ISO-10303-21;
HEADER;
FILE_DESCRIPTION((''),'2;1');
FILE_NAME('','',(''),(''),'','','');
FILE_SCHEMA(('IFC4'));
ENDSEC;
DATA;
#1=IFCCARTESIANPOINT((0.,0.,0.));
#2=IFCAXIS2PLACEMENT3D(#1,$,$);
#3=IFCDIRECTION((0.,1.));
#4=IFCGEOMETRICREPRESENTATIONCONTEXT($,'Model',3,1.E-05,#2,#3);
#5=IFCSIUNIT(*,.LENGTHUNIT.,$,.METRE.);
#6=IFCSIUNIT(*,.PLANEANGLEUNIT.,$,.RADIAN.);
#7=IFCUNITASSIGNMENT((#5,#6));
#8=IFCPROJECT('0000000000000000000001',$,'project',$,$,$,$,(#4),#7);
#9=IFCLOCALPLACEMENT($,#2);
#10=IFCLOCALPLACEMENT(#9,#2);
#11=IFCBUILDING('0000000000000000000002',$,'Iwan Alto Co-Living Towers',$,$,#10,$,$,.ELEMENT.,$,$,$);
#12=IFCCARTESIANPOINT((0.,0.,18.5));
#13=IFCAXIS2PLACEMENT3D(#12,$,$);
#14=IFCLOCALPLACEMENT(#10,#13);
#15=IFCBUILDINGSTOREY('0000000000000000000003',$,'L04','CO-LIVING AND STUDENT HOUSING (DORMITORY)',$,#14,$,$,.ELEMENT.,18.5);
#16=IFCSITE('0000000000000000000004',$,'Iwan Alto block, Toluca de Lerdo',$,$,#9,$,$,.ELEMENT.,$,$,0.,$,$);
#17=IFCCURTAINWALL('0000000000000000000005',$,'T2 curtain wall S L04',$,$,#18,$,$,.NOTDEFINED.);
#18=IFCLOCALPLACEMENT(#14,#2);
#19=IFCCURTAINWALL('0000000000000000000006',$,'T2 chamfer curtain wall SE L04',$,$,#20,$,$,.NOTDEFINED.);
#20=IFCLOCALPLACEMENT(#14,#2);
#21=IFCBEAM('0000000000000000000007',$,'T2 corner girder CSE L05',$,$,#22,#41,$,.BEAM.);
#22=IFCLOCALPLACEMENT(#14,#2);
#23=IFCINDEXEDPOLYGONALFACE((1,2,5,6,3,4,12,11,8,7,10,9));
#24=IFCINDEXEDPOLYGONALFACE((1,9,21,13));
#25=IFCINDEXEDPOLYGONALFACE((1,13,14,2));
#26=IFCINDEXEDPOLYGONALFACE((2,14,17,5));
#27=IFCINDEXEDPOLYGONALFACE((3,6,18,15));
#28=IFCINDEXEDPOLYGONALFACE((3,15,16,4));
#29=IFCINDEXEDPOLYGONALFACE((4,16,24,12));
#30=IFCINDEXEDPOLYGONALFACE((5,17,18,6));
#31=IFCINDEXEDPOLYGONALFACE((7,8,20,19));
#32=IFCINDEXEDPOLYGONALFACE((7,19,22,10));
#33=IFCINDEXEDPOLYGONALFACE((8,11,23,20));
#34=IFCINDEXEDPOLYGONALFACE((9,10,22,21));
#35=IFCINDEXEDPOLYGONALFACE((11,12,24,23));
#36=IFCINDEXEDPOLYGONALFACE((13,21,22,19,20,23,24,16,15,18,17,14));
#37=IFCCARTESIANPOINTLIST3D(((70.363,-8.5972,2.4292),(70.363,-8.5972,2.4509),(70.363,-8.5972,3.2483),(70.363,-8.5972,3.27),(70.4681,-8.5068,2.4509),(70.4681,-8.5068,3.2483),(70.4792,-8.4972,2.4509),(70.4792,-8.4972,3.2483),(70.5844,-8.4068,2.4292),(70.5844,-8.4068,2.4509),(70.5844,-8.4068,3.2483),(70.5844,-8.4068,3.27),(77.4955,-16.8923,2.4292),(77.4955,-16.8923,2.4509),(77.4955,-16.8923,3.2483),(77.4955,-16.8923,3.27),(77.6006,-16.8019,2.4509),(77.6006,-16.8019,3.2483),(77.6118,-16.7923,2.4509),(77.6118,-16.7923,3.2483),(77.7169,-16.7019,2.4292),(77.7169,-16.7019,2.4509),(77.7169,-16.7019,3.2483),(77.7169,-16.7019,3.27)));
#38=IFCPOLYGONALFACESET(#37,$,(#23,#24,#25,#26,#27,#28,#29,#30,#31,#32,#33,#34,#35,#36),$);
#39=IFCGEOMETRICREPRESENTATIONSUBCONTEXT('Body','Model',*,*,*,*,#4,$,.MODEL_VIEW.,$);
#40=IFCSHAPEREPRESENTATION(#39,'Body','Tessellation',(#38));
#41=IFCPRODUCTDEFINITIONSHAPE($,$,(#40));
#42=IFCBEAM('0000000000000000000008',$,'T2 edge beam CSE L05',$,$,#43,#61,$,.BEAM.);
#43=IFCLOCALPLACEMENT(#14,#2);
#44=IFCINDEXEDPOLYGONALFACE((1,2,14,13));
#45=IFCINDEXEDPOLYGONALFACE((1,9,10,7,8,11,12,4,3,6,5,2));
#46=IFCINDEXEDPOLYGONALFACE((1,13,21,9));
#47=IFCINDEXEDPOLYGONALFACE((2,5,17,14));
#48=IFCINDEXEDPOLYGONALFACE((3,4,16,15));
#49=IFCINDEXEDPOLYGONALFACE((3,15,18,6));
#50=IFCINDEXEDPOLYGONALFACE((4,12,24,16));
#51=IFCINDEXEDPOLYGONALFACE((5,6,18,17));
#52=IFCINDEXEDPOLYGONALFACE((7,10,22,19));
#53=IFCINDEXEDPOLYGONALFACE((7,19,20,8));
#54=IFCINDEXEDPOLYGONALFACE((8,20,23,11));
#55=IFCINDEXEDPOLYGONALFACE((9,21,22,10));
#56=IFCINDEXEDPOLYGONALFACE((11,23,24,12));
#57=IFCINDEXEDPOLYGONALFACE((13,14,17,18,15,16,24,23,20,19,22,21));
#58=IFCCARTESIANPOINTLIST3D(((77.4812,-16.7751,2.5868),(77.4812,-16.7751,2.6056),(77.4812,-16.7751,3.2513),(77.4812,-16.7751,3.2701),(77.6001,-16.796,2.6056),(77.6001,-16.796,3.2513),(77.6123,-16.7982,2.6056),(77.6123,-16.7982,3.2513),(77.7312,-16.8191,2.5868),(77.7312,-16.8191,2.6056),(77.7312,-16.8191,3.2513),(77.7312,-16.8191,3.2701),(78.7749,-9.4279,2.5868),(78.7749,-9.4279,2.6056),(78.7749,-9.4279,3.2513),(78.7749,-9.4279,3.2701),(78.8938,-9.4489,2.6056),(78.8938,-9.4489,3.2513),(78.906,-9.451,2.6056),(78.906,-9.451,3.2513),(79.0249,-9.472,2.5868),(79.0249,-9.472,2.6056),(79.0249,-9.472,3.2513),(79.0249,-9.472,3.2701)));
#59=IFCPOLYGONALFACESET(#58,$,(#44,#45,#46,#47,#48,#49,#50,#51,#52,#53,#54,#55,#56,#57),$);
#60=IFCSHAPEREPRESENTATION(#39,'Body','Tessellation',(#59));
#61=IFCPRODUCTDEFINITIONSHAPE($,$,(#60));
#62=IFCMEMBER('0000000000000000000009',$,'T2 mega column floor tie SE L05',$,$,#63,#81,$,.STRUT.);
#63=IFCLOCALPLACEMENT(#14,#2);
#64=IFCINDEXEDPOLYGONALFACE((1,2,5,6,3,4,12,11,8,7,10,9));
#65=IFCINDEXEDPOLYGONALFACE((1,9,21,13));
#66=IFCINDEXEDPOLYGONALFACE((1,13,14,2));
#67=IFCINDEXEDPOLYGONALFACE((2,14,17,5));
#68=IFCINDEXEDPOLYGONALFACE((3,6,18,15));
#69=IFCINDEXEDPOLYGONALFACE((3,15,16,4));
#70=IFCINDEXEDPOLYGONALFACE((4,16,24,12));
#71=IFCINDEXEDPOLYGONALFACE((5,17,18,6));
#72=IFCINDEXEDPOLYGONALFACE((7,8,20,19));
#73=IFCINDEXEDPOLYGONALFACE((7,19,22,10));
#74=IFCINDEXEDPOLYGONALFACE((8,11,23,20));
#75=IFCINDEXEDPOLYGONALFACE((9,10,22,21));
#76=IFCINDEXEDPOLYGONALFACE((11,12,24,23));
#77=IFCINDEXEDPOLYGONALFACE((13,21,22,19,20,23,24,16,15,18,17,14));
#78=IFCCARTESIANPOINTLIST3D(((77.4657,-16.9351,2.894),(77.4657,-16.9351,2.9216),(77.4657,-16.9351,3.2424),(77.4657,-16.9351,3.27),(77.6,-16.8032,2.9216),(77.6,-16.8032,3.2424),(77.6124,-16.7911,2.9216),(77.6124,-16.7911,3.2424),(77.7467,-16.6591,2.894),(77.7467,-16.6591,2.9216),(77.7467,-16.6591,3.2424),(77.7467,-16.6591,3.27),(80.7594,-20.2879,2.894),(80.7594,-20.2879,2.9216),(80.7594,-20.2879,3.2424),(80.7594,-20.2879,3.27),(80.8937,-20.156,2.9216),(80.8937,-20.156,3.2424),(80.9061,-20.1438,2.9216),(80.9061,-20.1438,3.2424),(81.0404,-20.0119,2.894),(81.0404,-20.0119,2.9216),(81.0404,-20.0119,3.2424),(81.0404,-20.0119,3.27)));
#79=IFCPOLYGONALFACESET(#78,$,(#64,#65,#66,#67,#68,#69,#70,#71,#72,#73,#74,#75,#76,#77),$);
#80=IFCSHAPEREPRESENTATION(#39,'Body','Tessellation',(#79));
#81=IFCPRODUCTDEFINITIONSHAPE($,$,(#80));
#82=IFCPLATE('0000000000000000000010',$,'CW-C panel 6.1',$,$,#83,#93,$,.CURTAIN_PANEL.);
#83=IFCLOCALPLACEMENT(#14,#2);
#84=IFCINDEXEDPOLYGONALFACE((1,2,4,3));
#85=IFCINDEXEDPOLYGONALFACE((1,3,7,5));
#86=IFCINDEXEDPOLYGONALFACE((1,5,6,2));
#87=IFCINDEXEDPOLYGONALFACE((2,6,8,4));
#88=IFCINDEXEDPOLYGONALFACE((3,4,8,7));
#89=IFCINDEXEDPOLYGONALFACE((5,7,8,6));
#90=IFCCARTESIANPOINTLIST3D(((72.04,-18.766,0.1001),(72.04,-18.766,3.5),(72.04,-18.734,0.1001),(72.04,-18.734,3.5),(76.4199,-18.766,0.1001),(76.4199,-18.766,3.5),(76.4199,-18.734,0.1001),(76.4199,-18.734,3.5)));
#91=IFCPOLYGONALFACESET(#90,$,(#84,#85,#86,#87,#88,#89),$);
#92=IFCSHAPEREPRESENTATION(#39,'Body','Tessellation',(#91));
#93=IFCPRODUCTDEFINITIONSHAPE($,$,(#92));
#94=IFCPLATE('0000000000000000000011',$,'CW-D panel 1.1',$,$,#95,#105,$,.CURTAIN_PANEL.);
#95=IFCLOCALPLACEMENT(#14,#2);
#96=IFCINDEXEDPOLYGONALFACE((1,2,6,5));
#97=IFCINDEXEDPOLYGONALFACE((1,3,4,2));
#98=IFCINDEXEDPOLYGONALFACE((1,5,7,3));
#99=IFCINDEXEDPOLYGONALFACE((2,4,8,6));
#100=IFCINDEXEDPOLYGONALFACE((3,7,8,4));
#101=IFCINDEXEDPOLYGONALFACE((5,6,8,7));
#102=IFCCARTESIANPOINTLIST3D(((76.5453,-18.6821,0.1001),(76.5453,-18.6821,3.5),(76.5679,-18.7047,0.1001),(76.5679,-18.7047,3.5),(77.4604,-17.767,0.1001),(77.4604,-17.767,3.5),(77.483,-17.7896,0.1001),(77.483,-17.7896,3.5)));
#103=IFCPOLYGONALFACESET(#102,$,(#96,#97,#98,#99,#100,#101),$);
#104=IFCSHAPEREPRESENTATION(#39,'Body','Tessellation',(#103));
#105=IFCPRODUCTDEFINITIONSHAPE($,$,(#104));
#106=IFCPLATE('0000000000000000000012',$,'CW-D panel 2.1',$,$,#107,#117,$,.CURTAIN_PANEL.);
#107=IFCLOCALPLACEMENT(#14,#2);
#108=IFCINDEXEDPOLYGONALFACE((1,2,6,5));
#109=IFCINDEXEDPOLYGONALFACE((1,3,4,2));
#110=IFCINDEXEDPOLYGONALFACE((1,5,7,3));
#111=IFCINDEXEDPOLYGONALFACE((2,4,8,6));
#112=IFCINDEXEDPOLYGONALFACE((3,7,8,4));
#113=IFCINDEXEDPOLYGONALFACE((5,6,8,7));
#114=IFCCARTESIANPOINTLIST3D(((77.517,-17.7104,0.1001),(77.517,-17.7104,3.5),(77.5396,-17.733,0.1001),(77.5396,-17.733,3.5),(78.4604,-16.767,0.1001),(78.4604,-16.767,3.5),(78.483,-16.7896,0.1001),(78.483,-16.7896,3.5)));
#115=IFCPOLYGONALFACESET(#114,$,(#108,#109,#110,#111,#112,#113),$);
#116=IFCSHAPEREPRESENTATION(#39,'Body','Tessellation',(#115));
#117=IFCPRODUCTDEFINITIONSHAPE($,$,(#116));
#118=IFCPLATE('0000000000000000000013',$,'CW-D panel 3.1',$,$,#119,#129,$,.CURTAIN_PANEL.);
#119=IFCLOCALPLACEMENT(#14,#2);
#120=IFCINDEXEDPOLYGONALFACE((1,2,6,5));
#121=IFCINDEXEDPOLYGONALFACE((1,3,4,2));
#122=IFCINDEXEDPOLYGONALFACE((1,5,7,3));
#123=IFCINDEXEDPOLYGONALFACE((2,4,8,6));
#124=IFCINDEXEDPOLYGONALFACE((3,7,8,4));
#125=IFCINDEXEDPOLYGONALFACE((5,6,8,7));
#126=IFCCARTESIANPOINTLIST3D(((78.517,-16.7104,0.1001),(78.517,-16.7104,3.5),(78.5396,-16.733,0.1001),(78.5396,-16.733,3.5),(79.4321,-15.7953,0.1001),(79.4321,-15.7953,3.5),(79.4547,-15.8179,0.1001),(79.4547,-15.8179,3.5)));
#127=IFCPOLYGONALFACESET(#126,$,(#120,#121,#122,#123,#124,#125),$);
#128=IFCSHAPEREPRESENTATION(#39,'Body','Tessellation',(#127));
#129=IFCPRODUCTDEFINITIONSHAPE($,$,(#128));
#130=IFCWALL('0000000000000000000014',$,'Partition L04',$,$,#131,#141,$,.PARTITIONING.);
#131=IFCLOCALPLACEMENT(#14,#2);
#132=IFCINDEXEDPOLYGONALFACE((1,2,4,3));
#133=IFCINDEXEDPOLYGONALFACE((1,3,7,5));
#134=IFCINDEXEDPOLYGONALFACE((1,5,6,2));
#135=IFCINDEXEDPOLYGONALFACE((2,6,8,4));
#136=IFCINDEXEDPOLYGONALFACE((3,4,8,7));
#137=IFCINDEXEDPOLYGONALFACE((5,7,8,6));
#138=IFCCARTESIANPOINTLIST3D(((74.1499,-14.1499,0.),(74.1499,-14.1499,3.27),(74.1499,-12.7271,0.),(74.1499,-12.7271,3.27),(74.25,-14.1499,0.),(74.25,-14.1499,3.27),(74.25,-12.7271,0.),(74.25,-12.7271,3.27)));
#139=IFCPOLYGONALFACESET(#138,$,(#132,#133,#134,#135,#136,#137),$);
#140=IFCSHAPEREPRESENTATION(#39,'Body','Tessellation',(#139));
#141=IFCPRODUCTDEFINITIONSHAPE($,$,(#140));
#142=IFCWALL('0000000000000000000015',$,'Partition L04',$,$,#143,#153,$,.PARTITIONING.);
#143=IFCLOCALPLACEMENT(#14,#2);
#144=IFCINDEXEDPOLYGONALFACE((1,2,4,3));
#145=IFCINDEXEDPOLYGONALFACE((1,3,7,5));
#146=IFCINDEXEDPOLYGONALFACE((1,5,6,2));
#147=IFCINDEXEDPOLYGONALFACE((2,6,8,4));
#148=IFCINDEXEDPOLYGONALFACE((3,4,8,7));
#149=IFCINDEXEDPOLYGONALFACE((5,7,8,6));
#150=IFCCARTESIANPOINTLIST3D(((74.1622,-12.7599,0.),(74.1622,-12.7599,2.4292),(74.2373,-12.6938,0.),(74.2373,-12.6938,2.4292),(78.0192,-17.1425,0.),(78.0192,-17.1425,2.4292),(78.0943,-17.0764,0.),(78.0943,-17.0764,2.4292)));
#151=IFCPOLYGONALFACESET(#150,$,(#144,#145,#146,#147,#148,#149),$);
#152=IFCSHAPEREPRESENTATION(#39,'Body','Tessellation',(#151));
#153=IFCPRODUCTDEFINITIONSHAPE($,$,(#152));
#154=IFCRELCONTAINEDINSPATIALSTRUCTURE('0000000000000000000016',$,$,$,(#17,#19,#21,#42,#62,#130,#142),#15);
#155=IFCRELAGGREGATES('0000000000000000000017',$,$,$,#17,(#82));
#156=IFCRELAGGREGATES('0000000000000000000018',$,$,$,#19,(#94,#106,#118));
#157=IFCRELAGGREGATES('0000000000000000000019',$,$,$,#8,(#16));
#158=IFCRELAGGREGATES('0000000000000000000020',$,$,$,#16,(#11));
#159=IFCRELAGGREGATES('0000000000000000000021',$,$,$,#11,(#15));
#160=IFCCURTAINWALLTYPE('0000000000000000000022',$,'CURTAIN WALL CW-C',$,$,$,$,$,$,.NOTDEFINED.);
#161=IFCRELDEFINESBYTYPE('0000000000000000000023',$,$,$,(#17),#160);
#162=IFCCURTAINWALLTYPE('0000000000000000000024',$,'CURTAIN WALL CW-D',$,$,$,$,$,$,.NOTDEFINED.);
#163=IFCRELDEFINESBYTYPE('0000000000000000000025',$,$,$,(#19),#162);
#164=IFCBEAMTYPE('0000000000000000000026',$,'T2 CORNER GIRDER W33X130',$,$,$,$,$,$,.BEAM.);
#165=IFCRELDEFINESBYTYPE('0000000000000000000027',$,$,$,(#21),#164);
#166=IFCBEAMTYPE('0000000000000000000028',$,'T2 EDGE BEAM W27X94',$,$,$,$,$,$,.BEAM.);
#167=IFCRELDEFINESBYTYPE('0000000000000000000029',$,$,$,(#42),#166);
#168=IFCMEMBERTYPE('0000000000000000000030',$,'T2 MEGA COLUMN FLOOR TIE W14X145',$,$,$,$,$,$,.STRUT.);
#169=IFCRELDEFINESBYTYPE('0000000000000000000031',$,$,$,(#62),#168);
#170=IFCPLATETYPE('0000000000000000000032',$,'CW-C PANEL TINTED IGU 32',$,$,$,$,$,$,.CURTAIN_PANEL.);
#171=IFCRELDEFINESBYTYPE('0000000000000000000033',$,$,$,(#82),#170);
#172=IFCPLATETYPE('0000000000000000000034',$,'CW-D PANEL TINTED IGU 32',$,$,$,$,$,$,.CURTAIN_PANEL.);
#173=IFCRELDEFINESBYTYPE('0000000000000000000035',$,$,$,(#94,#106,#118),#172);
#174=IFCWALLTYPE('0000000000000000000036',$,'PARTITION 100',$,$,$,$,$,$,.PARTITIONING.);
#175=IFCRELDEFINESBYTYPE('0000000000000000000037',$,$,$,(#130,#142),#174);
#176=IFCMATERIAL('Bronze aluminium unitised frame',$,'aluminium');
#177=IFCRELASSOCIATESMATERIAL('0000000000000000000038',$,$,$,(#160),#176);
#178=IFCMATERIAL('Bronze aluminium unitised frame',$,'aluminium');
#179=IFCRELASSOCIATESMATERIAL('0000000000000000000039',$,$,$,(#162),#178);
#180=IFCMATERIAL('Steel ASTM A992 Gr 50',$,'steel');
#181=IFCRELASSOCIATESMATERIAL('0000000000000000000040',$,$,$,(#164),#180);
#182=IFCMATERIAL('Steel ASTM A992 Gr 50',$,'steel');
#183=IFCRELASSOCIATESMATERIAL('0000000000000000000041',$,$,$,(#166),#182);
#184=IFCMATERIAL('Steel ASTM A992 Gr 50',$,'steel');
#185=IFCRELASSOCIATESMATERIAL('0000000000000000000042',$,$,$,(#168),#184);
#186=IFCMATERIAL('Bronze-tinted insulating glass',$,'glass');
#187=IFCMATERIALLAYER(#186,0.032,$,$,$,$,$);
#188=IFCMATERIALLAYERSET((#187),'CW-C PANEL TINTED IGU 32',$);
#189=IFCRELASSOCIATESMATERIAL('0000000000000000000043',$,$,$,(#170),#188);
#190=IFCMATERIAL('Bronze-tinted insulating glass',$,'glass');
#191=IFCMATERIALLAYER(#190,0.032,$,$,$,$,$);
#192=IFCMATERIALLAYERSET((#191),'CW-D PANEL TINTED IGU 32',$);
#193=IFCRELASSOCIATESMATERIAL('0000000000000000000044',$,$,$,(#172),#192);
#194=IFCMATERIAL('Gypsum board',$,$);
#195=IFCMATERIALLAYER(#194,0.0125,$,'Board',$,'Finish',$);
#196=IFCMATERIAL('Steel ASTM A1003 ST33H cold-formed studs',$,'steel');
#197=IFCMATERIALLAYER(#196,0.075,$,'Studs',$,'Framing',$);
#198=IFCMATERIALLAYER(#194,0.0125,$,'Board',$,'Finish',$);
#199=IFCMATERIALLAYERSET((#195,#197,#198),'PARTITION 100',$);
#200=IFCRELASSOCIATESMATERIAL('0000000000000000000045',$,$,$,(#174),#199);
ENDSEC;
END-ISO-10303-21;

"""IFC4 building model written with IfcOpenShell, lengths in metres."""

from ifc_helpers import new_model, si_unit, direction, frame, frame_2d, origin, origin_2d, place, context, subcontext, project, spatial, rectangle, i_section, extrude, material, layer, layer_set, material_profile, profile_set, type_object, element, aggregate, save


model = new_model("IFC4")

# Units and contexts
model_context = context("Model", 3, precision=1e-05, world=origin(), true_north=direction((0.0, 1.0)))
body_context = subcontext(model_context, "Body", "Model", "MODEL_VIEW")
ifc_project = project(units=[si_unit("LENGTHUNIT", "METRE"), si_unit("PLANEANGLEUNIT", "RADIAN")], contexts=[model_context])

# Site, building, storey
site_placement = place(None, origin())
site = spatial("IfcSite", under=ifc_project, at=site_placement, Name="Iwan Alto block, Toluca de Lerdo", CompositionType="ELEMENT", RefElevation=0.0)
building_placement = place(site_placement, origin())
building = spatial("IfcBuilding", under=site, at=building_placement, Name="Iwan Alto Co-Living Towers", CompositionType="ELEMENT")
storey_placement = place(building_placement, frame((0.0, 0.0, 18.5)))
storey = spatial("IfcBuildingStorey", under=building, at=storey_placement, Name="L04", Description="CO-LIVING AND STUDENT HOUSING (DORMITORY)", CompositionType="ELEMENT", Elevation=18.5)

# Curtain wall
ifc_material_1 = material(Name="Bronze aluminium unitised frame", Category="aluminium")
curtain_wall_type_1 = type_object("IfcCurtainWallType", Name="CURTAIN WALL CW-C", PredefinedType="NOTDEFINED", material=ifc_material_1)
curtain_wall_1_placement = place(storey_placement, origin())
curtain_wall_1 = element("IfcCurtainWall", 1, at=curtain_wall_1_placement, inside=storey, type_object=curtain_wall_type_1, Name="T2 curtain wall S L04", PredefinedType="NOTDEFINED")

# Curtain wall
ifc_material_2 = material(Name="Bronze aluminium unitised frame", Category="aluminium")
curtain_wall_type_2 = type_object("IfcCurtainWallType", Name="CURTAIN WALL CW-D", PredefinedType="NOTDEFINED", material=ifc_material_2)
curtain_wall_2_placement = place(storey_placement, origin())
curtain_wall_2 = element("IfcCurtainWall", 2, at=curtain_wall_2_placement, inside=storey, type_object=curtain_wall_type_2, Name="T2 chamfer curtain wall SE L04", PredefinedType="NOTDEFINED")

# Beams
ifc_material_3 = material(Name="Steel ASTM A992 Gr 50", Category="steel")
ifc_material_profile_1 = material_profile(ifc_material_3, i_section(OverallWidth=0.292, OverallDepth=0.8408, WebThickness=0.0146, FlangeThickness=0.0217, at=origin_2d()), Name="W33X130")
ifc_profile_set_1 = profile_set([ifc_material_profile_1], Name="Steel ASTM A992 Gr 50")
beam_type_1 = type_object("IfcBeamType", Name="T2 CORNER GIRDER W33X130", PredefinedType="BEAM", material=ifc_profile_set_1)
beam_1_placement = place(storey_placement, frame((77.6062, -16.7971, 2.8496), z_axis=(-0.651972, 0.758243, 0.0), x_axis=(-0.758243, -0.651972, 0.0)))
element("IfcBeam", 3, at=beam_1_placement, inside=storey, type_object=beam_type_1, Name="T2 corner girder CSE L05", PredefinedType="BEAM", context=body_context, shape_type="SweptSolid", body=[
    extrude(i_section(OverallWidth=0.292, OverallDepth=0.8408, WebThickness=0.0146, FlangeThickness=0.0217, at=origin_2d()), origin(), (0.0, 0.0, 1.0), 10.9399),
])
ifc_material_4 = material(Name="Steel ASTM A992 Gr 50", Category="steel")
ifc_material_profile_2 = material_profile(ifc_material_4, i_section(OverallWidth=0.2539, OverallDepth=0.6833, WebThickness=0.0125, FlangeThickness=0.0188, at=origin_2d()), Name="W27X94")
ifc_profile_set_2 = profile_set([ifc_material_profile_2], Name="Steel ASTM A992 Gr 50")
beam_type_2 = type_object("IfcBeamType", Name="T2 EDGE BEAM W27X94", PredefinedType="BEAM", material=ifc_profile_set_2)
beam_2_placement = place(storey_placement, frame((77.6062, -16.7971, 2.9285), z_axis=(0.173414, 0.984849, 0.0), x_axis=(-0.984849, 0.173414, 0.0)))
element("IfcBeam", 4, at=beam_2_placement, inside=storey, type_object=beam_type_2, Name="T2 edge beam CSE L05", PredefinedType="BEAM", context=body_context, shape_type="SweptSolid", body=[
    extrude(i_section(OverallWidth=0.2539, OverallDepth=0.6833, WebThickness=0.0125, FlangeThickness=0.0188, at=origin_2d()), origin(), (0.0, 0.0, 1.0), 7.4602),
])

# Member
ifc_material_5 = material(Name="Steel ASTM A992 Gr 50", Category="steel")
ifc_material_profile_3 = material_profile(ifc_material_5, i_section(OverallWidth=0.3938, OverallDepth=0.376, WebThickness=0.0173, FlangeThickness=0.0276, at=origin_2d()), Name="W14X145")
ifc_profile_set_3 = profile_set([ifc_material_profile_3], Name="Steel ASTM A992 Gr 50")
member_type_1 = type_object("IfcMemberType", Name="T2 MEGA COLUMN FLOOR TIE W14X145", PredefinedType="STRUT", material=ifc_profile_set_3)
member_1_placement = place(storey_placement, frame((80.8999, -20.1499, 3.082), z_axis=(-0.700793, 0.713364, 0.0), x_axis=(-0.713364, -0.700793, 0.0)))
element("IfcMember", 5, at=member_1_placement, inside=storey, type_object=member_type_1, Name="T2 mega column floor tie SE L05", PredefinedType="STRUT", context=body_context, shape_type="SweptSolid", body=[
    extrude(i_section(OverallWidth=0.3938, OverallDepth=0.376, WebThickness=0.0173, FlangeThickness=0.0276, at=origin_2d()), origin(), (0.0, 0.0, 1.0), 4.7),
])

# Plates
ifc_material_6 = material(Name="Bronze-tinted insulating glass", Category="glass")
ifc_layer_1 = layer(ifc_material_6, 0.032)
ifc_layer_set_1 = layer_set([ifc_layer_1], Name="CW-C PANEL TINTED IGU 32")
plate_type_1 = type_object("IfcPlateType", Name="CW-C PANEL TINTED IGU 32", PredefinedType="CURTAIN_PANEL", material=ifc_layer_set_1)
plate_1_placement = place(storey_placement, frame((74.23, -18.75, 0.1001), z_axis=(0.0, 0.0, 1.0), x_axis=(1.0, 0.0, 0.0)))
plate_1 = element("IfcPlate", 6, at=plate_1_placement, type_object=plate_type_1, Name="CW-C panel 6.1", PredefinedType="CURTAIN_PANEL", context=body_context, shape_type="SweptSolid", body=[
    extrude(rectangle(XDim=4.3799, YDim=0.032, at=origin_2d()), origin(), (0.0, 0.0, 1.0), 3.3999),
])
aggregate(curtain_wall_1, [plate_1])
ifc_material_7 = material(Name="Bronze-tinted insulating glass", Category="glass")
ifc_layer_2 = layer(ifc_material_7, 0.032)
ifc_layer_set_2 = layer_set([ifc_layer_2], Name="CW-D PANEL TINTED IGU 32")
plate_type_2 = type_object("IfcPlateType", Name="CW-D PANEL TINTED IGU 32", PredefinedType="CURTAIN_PANEL", material=ifc_layer_set_2)
plate_2_placement = place(storey_placement, frame((77.0142, -18.2358, 0.1001), z_axis=(0.0, 0.0, 1.0), x_axis=(0.707107, 0.707107, 0.0)))
plate_2 = element("IfcPlate", 7, at=plate_2_placement, type_object=plate_type_2, Name="CW-D panel 1.1", PredefinedType="CURTAIN_PANEL", context=body_context, shape_type="SweptSolid", body=[
    extrude(rectangle(XDim=1.2942, YDim=0.032, at=origin_2d()), origin(), (0.0, 0.0, 1.0), 3.3999),
])
plate_3_placement = place(storey_placement, frame((78.0, -17.25, 0.1001), z_axis=(0.0, 0.0, 1.0), x_axis=(0.707107, 0.707107, 0.0)))
plate_3 = element("IfcPlate", 8, at=plate_3_placement, type_object=plate_type_2, Name="CW-D panel 2.1", PredefinedType="CURTAIN_PANEL", context=body_context, shape_type="SweptSolid", body=[
    extrude(rectangle(XDim=1.3342, YDim=0.032, at=origin_2d()), origin(), (0.0, 0.0, 1.0), 3.3999),
])
plate_4_placement = place(storey_placement, frame((78.9858, -16.2642, 0.1001), z_axis=(0.0, 0.0, 1.0), x_axis=(0.707107, 0.707107, 0.0)))
plate_4 = element("IfcPlate", 9, at=plate_4_placement, type_object=plate_type_2, Name="CW-D panel 3.1", PredefinedType="CURTAIN_PANEL", context=body_context, shape_type="SweptSolid", body=[
    extrude(rectangle(XDim=1.2942, YDim=0.032, at=origin_2d()), origin(), (0.0, 0.0, 1.0), 3.3999),
])
aggregate(curtain_wall_2, [plate_2, plate_3, plate_4])

# Walls
ifc_material_8 = material(Name="Gypsum board")
ifc_layer_3 = layer(ifc_material_8, 0.0125, Name="Board", Category="Finish")
ifc_material_9 = material(Name="Steel ASTM A1003 ST33H cold-formed studs", Category="steel")
ifc_layer_4 = layer(ifc_material_9, 0.075, Name="Studs", Category="Framing")
ifc_layer_5 = layer(ifc_material_8, 0.0125, Name="Board", Category="Finish")
ifc_layer_set_3 = layer_set([ifc_layer_3, ifc_layer_4, ifc_layer_5], Name="PARTITION 100")
wall_type = type_object("IfcWallType", Name="PARTITION 100", PredefinedType="PARTITIONING", material=ifc_layer_set_3)
wall_1_placement = place(storey_placement, frame((74.2, -14.1499, 0.0), z_axis=(0.0, 0.0, 1.0), x_axis=(0.0, 1.0, 0.0)))
element("IfcWall", 10, at=wall_1_placement, inside=storey, type_object=wall_type, Name="Partition L04", PredefinedType="PARTITIONING", context=body_context, shape_type="SweptSolid", body=[
    extrude(rectangle(XDim=1.4229, YDim=0.1001, at=frame_2d((0.7114, 0.0))), origin(), (0.0, 0.0, 1.0), 3.27),
])
wall_2_placement = place(storey_placement, frame((78.0566, -17.1094, 0.0), z_axis=(0.0, 0.0, 1.0), x_axis=(-0.660654, 0.75069, 0.0)))
element("IfcWall", 11, at=wall_2_placement, inside=storey, type_object=wall_type, Name="Partition L04", PredefinedType="PARTITIONING", context=body_context, shape_type="SweptSolid", body=[
    extrude(rectangle(XDim=5.8381, YDim=0.1001, at=frame_2d((2.9189, 0.0))), origin(), (0.0, 0.0, 1.0), 2.4292),
])

save(model, "model.ifc")
